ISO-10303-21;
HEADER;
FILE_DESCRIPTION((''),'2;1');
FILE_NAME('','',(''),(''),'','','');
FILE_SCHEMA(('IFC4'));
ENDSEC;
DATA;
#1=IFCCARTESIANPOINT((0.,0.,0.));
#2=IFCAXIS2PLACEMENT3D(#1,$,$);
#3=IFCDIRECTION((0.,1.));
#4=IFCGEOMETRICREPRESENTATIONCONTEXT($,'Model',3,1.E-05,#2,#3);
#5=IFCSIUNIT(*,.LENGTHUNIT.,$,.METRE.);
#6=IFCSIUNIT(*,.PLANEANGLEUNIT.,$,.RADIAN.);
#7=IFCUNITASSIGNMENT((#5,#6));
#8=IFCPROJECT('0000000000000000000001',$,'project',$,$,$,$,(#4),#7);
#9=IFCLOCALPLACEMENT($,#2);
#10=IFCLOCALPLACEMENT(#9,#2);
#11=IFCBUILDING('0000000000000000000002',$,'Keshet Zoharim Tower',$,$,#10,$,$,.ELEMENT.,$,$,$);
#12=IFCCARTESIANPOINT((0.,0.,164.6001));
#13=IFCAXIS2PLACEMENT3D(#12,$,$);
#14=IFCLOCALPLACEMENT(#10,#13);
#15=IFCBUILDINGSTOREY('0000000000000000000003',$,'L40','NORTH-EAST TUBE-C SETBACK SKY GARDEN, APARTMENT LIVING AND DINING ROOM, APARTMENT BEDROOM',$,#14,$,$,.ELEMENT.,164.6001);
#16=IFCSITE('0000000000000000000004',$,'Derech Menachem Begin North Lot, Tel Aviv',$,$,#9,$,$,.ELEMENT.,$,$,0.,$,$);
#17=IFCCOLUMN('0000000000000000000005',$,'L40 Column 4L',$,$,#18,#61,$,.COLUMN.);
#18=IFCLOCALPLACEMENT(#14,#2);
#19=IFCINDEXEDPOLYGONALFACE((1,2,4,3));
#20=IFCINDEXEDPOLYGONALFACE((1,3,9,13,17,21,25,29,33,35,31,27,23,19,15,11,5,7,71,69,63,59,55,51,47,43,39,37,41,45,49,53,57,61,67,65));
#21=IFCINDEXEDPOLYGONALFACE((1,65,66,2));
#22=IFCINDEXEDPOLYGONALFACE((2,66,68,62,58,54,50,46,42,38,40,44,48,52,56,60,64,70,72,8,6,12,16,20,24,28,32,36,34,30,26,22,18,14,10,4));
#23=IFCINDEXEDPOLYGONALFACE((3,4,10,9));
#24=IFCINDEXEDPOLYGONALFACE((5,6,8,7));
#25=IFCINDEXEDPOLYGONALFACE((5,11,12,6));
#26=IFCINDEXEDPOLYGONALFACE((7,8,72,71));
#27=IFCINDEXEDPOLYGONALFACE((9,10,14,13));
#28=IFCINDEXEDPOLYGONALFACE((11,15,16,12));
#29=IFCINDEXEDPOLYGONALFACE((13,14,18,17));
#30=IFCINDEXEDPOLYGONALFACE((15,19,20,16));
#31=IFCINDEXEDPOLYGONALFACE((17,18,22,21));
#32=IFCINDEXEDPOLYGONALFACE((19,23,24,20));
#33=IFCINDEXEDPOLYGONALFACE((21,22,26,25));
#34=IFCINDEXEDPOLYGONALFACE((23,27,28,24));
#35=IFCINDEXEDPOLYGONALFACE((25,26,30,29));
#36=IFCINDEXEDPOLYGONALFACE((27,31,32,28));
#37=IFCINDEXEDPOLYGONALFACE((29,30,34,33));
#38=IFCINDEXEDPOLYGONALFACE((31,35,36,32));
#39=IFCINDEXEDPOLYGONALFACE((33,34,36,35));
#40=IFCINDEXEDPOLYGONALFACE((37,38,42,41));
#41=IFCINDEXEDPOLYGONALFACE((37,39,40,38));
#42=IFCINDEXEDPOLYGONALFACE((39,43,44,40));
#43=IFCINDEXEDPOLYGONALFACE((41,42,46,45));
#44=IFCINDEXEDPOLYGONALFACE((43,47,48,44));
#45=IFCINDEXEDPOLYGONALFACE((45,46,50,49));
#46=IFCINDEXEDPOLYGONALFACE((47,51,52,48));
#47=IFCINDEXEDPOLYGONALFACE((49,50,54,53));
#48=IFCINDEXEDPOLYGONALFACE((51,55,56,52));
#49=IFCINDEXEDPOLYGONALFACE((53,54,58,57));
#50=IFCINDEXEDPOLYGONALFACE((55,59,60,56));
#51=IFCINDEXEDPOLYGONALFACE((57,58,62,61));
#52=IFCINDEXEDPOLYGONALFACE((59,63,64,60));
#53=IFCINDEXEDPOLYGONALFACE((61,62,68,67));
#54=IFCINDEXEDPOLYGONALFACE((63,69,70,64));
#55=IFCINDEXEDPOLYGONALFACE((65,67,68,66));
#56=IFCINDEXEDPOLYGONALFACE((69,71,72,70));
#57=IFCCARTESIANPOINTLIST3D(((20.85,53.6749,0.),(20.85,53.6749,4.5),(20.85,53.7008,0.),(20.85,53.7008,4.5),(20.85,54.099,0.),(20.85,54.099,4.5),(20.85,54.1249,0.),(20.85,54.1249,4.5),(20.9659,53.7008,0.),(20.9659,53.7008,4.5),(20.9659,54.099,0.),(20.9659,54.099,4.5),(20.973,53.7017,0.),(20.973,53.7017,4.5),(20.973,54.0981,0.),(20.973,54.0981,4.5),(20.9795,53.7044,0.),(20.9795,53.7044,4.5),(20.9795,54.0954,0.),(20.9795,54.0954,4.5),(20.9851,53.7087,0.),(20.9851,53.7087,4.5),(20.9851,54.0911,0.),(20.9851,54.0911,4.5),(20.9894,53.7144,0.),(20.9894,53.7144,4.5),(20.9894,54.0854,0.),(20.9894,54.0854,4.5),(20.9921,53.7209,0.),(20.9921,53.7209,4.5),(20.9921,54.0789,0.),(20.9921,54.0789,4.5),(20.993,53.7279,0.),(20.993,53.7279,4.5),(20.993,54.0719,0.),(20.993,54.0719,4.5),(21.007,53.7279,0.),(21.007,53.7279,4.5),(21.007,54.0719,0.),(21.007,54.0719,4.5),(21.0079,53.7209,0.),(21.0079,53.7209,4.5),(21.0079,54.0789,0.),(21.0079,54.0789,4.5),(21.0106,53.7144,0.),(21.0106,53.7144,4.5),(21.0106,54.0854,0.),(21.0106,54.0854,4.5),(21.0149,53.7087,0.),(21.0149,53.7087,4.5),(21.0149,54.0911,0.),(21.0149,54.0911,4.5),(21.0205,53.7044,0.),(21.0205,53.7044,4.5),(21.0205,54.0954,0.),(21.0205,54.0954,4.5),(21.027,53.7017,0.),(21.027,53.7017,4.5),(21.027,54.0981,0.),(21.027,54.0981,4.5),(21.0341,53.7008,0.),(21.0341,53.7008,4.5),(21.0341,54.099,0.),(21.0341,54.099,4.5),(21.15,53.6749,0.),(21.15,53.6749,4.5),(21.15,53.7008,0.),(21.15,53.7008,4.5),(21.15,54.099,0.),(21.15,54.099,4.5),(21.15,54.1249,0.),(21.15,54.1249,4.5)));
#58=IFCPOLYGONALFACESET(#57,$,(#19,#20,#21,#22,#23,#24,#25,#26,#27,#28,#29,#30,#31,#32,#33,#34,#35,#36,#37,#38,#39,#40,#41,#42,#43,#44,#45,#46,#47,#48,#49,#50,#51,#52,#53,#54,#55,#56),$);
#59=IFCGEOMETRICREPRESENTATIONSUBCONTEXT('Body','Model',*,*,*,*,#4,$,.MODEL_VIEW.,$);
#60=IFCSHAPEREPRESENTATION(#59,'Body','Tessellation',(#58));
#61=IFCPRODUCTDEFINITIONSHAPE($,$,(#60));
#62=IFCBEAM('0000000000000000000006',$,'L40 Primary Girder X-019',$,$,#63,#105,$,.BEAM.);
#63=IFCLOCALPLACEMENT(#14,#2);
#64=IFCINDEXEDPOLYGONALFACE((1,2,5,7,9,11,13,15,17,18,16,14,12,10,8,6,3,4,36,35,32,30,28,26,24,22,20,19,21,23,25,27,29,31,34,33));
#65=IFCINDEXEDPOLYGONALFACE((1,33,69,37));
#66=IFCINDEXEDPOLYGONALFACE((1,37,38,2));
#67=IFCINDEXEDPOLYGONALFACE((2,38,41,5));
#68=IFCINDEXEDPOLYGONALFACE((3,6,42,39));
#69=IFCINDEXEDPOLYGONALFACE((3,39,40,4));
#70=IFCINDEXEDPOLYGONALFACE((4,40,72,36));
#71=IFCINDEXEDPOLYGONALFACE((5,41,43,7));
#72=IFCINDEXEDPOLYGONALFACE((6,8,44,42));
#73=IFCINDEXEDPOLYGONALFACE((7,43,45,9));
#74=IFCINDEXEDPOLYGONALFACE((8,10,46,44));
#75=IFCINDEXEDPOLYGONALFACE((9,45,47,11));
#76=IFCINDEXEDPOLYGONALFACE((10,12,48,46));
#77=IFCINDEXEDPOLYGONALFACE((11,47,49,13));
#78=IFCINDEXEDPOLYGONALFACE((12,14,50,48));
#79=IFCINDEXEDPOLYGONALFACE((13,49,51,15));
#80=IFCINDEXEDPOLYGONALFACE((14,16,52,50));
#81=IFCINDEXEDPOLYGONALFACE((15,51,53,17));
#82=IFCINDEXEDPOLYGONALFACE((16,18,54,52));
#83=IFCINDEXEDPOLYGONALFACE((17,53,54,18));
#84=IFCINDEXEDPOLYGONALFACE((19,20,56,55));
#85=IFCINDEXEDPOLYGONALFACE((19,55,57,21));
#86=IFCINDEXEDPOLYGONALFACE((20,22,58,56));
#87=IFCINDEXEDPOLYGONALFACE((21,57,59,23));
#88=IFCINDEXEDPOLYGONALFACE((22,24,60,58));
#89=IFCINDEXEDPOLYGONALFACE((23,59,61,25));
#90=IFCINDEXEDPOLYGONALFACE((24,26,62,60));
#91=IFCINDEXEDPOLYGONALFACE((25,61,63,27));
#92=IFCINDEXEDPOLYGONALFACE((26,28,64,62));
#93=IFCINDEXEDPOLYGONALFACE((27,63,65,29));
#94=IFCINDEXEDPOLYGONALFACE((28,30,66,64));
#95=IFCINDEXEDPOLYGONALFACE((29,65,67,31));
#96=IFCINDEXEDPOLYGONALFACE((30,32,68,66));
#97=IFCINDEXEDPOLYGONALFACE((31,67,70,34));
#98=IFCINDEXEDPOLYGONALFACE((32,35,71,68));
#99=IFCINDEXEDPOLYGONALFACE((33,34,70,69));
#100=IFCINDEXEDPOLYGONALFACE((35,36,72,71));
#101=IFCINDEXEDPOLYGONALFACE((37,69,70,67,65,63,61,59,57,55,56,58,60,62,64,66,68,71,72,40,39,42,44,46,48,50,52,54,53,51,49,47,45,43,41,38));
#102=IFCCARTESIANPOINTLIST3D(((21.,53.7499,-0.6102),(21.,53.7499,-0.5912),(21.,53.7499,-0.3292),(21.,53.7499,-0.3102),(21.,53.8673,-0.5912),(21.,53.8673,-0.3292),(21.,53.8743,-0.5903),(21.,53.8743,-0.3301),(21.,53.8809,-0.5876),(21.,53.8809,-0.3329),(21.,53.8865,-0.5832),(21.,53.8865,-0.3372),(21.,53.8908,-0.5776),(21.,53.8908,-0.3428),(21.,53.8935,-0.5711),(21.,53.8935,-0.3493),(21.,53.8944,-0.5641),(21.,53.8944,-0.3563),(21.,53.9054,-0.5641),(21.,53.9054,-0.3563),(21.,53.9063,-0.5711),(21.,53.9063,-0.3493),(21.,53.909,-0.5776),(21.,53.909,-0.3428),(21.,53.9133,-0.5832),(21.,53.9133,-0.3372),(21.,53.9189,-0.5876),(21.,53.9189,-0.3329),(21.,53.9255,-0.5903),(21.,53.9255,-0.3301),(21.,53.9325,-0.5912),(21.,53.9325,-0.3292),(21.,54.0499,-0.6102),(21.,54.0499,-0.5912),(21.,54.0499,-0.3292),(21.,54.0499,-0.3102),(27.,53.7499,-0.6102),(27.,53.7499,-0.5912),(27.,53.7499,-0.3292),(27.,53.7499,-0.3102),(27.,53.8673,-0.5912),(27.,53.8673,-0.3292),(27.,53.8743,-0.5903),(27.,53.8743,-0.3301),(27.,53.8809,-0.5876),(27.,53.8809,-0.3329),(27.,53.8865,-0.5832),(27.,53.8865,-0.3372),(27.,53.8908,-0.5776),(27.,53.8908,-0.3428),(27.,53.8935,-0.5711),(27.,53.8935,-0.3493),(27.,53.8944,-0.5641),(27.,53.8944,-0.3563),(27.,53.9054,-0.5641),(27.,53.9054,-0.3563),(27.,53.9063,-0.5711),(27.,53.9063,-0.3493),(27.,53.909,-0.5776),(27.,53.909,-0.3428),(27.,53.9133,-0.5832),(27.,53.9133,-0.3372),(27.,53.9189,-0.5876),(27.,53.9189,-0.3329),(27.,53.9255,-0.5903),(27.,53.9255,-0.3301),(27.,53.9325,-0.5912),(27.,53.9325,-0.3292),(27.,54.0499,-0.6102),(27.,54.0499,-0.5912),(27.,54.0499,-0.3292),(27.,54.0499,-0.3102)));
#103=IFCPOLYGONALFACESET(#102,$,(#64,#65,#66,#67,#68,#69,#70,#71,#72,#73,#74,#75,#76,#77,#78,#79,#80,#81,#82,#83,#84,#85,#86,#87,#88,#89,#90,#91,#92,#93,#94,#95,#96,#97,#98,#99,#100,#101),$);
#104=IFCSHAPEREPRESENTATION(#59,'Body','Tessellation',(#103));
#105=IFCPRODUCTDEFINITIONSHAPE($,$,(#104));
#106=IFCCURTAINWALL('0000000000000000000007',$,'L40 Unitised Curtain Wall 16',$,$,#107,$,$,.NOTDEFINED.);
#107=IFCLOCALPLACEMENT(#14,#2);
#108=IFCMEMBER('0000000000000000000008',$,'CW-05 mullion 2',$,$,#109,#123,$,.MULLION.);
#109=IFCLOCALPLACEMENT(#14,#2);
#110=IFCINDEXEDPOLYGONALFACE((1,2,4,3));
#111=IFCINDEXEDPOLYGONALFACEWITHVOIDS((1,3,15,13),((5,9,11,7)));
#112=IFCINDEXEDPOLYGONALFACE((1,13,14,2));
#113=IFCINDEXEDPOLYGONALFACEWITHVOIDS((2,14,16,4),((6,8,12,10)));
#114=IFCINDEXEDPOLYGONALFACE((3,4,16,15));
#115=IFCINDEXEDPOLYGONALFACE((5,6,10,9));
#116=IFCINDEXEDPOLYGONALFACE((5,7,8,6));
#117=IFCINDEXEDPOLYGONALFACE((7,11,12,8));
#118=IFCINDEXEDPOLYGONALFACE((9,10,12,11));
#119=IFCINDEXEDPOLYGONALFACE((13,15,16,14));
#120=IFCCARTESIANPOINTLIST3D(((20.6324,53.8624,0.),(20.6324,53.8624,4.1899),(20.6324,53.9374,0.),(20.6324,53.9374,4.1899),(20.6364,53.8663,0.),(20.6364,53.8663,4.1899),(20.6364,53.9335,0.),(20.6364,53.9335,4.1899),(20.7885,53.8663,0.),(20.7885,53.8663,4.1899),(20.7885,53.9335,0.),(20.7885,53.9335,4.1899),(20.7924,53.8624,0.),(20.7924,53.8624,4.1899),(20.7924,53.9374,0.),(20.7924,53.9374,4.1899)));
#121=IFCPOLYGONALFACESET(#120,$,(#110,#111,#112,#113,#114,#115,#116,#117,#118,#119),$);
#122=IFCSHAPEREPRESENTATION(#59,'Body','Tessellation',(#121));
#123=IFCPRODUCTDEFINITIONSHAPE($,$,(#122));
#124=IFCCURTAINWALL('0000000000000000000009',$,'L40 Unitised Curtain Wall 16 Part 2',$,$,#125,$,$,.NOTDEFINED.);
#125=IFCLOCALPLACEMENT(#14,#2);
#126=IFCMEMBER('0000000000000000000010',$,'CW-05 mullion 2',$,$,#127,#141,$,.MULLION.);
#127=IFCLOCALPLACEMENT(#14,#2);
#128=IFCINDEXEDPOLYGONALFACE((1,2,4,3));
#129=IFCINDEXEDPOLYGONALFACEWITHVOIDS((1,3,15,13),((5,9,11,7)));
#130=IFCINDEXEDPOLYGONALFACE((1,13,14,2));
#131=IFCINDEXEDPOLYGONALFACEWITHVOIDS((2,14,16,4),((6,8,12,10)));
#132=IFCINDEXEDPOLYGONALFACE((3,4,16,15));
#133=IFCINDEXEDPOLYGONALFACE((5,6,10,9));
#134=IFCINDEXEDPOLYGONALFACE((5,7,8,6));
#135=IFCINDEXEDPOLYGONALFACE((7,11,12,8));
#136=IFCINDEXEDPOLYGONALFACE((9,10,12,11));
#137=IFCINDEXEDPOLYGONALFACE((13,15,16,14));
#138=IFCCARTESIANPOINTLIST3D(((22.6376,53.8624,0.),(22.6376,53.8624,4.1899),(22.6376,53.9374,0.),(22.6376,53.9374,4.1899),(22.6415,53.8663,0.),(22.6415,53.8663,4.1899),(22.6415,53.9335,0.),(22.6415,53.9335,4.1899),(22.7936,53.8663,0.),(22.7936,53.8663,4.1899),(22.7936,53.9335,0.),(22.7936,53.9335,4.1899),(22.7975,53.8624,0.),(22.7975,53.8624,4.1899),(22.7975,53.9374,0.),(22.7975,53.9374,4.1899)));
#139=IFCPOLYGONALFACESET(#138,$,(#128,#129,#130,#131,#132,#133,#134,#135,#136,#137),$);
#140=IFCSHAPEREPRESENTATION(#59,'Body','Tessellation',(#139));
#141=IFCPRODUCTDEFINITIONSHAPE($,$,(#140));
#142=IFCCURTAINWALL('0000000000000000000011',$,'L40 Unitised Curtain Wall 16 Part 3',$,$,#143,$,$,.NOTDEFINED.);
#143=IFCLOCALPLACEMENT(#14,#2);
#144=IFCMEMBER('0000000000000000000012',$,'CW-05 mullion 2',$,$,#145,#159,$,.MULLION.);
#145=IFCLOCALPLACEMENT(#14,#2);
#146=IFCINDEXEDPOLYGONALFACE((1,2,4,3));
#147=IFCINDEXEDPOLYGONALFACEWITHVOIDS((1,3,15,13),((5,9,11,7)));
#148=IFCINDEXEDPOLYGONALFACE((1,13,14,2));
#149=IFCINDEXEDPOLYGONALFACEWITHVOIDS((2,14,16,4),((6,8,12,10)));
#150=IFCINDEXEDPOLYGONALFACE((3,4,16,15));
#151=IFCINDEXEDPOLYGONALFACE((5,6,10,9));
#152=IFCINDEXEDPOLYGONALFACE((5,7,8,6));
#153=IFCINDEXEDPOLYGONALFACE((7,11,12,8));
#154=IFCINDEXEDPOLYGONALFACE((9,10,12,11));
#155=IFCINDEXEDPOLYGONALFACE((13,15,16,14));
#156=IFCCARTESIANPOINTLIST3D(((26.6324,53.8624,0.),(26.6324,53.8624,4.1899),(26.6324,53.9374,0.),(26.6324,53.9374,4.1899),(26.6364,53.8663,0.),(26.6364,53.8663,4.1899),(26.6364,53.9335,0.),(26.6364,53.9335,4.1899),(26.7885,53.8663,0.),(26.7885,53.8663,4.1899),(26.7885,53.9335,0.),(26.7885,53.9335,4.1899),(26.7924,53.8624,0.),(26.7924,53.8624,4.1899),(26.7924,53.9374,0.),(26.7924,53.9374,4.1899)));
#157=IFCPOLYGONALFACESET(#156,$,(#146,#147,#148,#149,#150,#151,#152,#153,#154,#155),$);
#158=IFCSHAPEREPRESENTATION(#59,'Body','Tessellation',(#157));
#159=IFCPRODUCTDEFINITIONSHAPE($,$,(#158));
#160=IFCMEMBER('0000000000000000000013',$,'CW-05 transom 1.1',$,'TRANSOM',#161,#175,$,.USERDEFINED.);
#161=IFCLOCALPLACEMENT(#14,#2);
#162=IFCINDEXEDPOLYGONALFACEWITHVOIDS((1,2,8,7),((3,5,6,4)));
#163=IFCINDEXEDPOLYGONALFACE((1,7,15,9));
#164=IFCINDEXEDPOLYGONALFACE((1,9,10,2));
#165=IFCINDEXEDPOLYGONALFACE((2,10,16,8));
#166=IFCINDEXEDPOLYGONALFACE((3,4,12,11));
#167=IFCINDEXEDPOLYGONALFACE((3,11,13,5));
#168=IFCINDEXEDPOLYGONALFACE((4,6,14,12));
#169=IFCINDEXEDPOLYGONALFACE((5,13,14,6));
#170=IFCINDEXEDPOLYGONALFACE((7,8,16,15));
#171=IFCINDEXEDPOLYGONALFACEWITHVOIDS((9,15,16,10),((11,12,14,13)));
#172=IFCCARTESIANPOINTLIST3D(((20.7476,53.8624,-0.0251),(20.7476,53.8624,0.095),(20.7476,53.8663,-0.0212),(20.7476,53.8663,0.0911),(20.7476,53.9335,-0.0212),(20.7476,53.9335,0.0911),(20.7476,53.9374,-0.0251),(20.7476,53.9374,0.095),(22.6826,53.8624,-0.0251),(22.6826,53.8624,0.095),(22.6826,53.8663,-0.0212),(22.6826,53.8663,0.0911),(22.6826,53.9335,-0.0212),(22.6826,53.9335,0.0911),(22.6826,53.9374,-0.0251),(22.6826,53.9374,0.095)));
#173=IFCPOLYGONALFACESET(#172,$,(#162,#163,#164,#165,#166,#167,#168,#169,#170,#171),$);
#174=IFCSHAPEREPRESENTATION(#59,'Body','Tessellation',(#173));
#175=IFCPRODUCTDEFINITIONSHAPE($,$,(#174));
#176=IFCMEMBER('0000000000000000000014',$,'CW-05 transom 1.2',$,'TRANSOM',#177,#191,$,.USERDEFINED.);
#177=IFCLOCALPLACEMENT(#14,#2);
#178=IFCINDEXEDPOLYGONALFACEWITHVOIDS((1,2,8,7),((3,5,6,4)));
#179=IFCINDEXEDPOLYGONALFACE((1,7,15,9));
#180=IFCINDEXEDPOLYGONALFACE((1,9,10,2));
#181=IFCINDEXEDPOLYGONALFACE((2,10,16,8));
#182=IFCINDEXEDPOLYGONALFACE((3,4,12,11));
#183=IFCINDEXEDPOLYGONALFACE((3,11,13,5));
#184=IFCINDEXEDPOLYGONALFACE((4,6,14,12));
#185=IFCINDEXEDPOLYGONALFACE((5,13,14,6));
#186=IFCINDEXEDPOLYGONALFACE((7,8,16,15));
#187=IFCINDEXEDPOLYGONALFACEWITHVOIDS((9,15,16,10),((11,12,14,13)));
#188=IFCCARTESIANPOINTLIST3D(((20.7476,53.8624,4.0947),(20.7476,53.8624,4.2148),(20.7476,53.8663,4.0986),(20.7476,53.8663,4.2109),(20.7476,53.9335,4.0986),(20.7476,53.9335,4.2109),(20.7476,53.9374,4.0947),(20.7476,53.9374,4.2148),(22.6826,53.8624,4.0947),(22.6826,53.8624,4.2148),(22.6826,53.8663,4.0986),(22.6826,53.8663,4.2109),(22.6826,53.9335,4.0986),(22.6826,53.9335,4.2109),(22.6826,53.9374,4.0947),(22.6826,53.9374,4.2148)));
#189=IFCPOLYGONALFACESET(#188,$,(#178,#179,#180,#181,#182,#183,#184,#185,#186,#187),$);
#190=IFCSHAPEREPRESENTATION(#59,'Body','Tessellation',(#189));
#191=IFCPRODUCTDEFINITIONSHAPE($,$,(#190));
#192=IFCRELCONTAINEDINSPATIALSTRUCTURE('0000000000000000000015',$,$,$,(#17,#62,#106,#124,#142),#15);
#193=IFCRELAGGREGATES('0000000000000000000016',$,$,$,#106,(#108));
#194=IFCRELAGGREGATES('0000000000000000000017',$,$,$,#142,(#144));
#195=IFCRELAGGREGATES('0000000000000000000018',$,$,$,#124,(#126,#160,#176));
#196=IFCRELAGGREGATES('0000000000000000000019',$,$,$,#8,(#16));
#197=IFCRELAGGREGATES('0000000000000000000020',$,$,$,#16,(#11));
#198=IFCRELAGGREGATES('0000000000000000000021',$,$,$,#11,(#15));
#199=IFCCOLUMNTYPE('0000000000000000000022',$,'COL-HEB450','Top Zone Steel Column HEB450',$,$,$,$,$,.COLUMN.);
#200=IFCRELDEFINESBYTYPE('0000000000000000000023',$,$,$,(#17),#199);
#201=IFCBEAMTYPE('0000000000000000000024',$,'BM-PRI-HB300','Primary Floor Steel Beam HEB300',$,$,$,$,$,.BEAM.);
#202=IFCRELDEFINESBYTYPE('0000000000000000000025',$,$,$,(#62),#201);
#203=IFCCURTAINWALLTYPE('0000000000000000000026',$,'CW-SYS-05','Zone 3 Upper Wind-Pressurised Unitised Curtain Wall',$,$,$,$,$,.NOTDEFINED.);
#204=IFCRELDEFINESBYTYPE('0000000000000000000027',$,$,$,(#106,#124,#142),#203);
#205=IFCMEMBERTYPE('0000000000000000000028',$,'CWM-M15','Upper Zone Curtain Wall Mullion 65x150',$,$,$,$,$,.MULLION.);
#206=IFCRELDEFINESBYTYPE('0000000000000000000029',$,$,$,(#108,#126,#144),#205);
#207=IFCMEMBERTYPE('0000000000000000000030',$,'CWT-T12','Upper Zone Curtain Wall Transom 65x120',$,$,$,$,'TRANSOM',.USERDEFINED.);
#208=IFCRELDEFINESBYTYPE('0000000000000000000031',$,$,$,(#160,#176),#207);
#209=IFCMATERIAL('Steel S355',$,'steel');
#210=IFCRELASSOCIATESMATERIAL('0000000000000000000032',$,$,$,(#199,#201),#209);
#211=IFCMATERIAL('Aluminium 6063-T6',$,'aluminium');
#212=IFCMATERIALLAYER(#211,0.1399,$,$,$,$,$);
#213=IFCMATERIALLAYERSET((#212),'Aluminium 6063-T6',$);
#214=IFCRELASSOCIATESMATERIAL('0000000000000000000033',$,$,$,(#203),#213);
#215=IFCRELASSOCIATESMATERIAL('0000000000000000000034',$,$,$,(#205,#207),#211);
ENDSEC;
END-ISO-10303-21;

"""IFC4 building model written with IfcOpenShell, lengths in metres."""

from ifc_helpers import new_model, si_unit, direction, frame, origin, origin_2d, place, context, subcontext, project, spatial, hollow_rectangle, i_section, extrude, material, layer, layer_set, material_profile, profile_set, type_object, element, aggregate, save


model = new_model("IFC4")

# Units and contexts
model_context = context("Model", 3, precision=1e-05, world=origin(), true_north=direction((0.0, 1.0)))
body_context = subcontext(model_context, "Body", "Model", "MODEL_VIEW")
ifc_project = project(units=[si_unit("LENGTHUNIT", "METRE"), si_unit("PLANEANGLEUNIT", "RADIAN")], contexts=[model_context])

# Site, building, storey
site_placement = place(None, origin())
site = spatial("IfcSite", under=ifc_project, at=site_placement, Name="Derech Menachem Begin North Lot, Tel Aviv", CompositionType="ELEMENT", RefElevation=0.0)
building_placement = place(site_placement, origin())
building = spatial("IfcBuilding", under=site, at=building_placement, Name="Keshet Zoharim Tower", CompositionType="ELEMENT")
storey_placement = place(building_placement, frame((0.0, 0.0, 164.6001)))
storey = spatial("IfcBuildingStorey", under=building, at=storey_placement, Name="L40", Description="NORTH-EAST TUBE-C SETBACK SKY GARDEN, APARTMENT LIVING AND DINING ROOM, APARTMENT BEDROOM", CompositionType="ELEMENT", Elevation=164.6001)

# Column
ifc_material_1 = material(Name="Steel S355", Category="steel")
ifc_material_profile_1 = material_profile(ifc_material_1, i_section(OverallWidth=0.3, OverallDepth=0.45, WebThickness=0.0139, FlangeThickness=0.0259, FilletRadius=0.0271, at=origin_2d()), Name="HEB450")
ifc_profile_set_1 = profile_set([ifc_material_profile_1], Name="Steel S355")
column_type = type_object("IfcColumnType", Name="COL-HEB450", Description="Top Zone Steel Column HEB450", PredefinedType="COLUMN", material=ifc_profile_set_1)
column_placement = place(storey_placement, frame((21.0, 53.8999, 0.0), z_axis=(0.0, 0.0, 1.0), x_axis=(1.0, 0.0, 0.0)))
element("IfcColumn", 1, at=column_placement, inside=storey, type_object=column_type, Name="L40 Column 4L", PredefinedType="COLUMN", context=body_context, shape_type="SweptSolid", body=[
    extrude(i_section(OverallWidth=0.3, OverallDepth=0.45, WebThickness=0.0139, FlangeThickness=0.0259, FilletRadius=0.0271, at=origin_2d()), origin(), (0.0, 0.0, 1.0), 4.5),
])

# Beam
ifc_material_profile_2 = material_profile(ifc_material_1, i_section(OverallWidth=0.3, OverallDepth=0.3, WebThickness=0.011, FlangeThickness=0.019, FilletRadius=0.0271, at=origin_2d()), Name="HEB300")
ifc_profile_set_2 = profile_set([ifc_material_profile_2], Name="Steel S355")
beam_type = type_object("IfcBeamType", Name="BM-PRI-HB300", Description="Primary Floor Steel Beam HEB300", PredefinedType="BEAM", material=ifc_profile_set_2)
beam_placement = place(storey_placement, frame((21.0, 53.8999, -0.4602), z_axis=(1.0, 0.0, 0.0), x_axis=(0.0, 1.0, 0.0)))
element("IfcBeam", 2, at=beam_placement, inside=storey, type_object=beam_type, Name="L40 Primary Girder X-019", PredefinedType="BEAM", context=body_context, shape_type="SweptSolid", body=[
    extrude(i_section(OverallWidth=0.3, OverallDepth=0.3, WebThickness=0.011, FlangeThickness=0.019, FilletRadius=0.0271, at=origin_2d()), origin(), (0.0, 0.0, 1.0), 6.0),
])

# Curtain walls, members
ifc_material_2 = material(Name="Aluminium 6063-T6", Category="aluminium")
ifc_layer_1 = layer(ifc_material_2, 0.1399)
ifc_layer_set_1 = layer_set([ifc_layer_1], Name="Aluminium 6063-T6")
curtain_wall_type = type_object("IfcCurtainWallType", Name="CW-SYS-05", Description="Zone 3 Upper Wind-Pressurised Unitised Curtain Wall", PredefinedType="NOTDEFINED", material=ifc_layer_set_1)
curtain_wall_1_placement = place(storey_placement, origin())
curtain_wall_1 = element("IfcCurtainWall", 3, at=curtain_wall_1_placement, inside=storey, type_object=curtain_wall_type, Name="L40 Unitised Curtain Wall 16", PredefinedType="NOTDEFINED")
ifc_material_profile_3 = material_profile(ifc_material_2, hollow_rectangle(XDim=0.075, YDim=0.1599, WallThickness=0.0039, at=origin_2d()), Name="MUL-75x160")
ifc_profile_set_3 = profile_set([ifc_material_profile_3], Name="Aluminium 6063-T6")
member_type_1 = type_object("IfcMemberType", Name="CWM-M15", Description="Upper Zone Curtain Wall Mullion 65x150", PredefinedType="MULLION", material=ifc_profile_set_3)
member_1_placement = place(storey_placement, frame((20.7124, 53.8999, 0.0), z_axis=(0.0, 0.0, 1.0), x_axis=(0.0, 1.0, 0.0)))
member_1 = element("IfcMember", 4, at=member_1_placement, type_object=member_type_1, Name="CW-05 mullion 2", PredefinedType="MULLION", context=body_context, shape_type="SweptSolid", body=[
    extrude(hollow_rectangle(XDim=0.075, YDim=0.1599, WallThickness=0.0039, at=origin_2d()), origin(), (0.0, 0.0, 1.0), 4.1899),
])
curtain_wall_2_placement = place(storey_placement, origin())
curtain_wall_2 = element("IfcCurtainWall", 5, at=curtain_wall_2_placement, inside=storey, type_object=curtain_wall_type, Name="L40 Unitised Curtain Wall 16 Part 2", PredefinedType="NOTDEFINED")
member_2_placement = place(storey_placement, frame((22.7175, 53.8999, 0.0), z_axis=(0.0, 0.0, 1.0), x_axis=(0.0, 1.0, 0.0)))
member_2 = element("IfcMember", 6, at=member_2_placement, type_object=member_type_1, Name="CW-05 mullion 2", PredefinedType="MULLION", context=body_context, shape_type="SweptSolid", body=[
    extrude(hollow_rectangle(XDim=0.075, YDim=0.1599, WallThickness=0.0039, at=origin_2d()), origin(), (0.0, 0.0, 1.0), 4.1899),
])
curtain_wall_3_placement = place(storey_placement, origin())
curtain_wall_3 = element("IfcCurtainWall", 7, at=curtain_wall_3_placement, inside=storey, type_object=curtain_wall_type, Name="L40 Unitised Curtain Wall 16 Part 3", PredefinedType="NOTDEFINED")
member_3_placement = place(storey_placement, frame((26.7124, 53.8999, 0.0), z_axis=(0.0, 0.0, 1.0), x_axis=(0.0, 1.0, 0.0)))
member_3 = element("IfcMember", 8, at=member_3_placement, type_object=member_type_1, Name="CW-05 mullion 2", PredefinedType="MULLION", context=body_context, shape_type="SweptSolid", body=[
    extrude(hollow_rectangle(XDim=0.075, YDim=0.1599, WallThickness=0.0039, at=origin_2d()), origin(), (0.0, 0.0, 1.0), 4.1899),
])

# Members
ifc_material_profile_4 = material_profile(ifc_material_2, hollow_rectangle(XDim=0.075, YDim=0.1201, WallThickness=0.0039, at=origin_2d()), Name="TRN-75x120")
ifc_profile_set_4 = profile_set([ifc_material_profile_4], Name="Aluminium 6063-T6")
member_type_2 = type_object("IfcMemberType", Name="CWT-T12", Description="Upper Zone Curtain Wall Transom 65x120", ElementType="TRANSOM", PredefinedType="USERDEFINED", material=ifc_profile_set_4)
member_4_placement = place(storey_placement, frame((20.7476, 53.8999, 0.0349), z_axis=(1.0, 0.0, 0.0), x_axis=(0.0, 1.0, 0.0)))
member_4 = element("IfcMember", 9, at=member_4_placement, type_object=member_type_2, Name="CW-05 transom 1.1", ObjectType="TRANSOM", PredefinedType="USERDEFINED", context=body_context, shape_type="SweptSolid", body=[
    extrude(hollow_rectangle(XDim=0.075, YDim=0.1201, WallThickness=0.0039, at=origin_2d()), origin(), (0.0, 0.0, 1.0), 1.9351),
])
member_5_placement = place(storey_placement, frame((20.7476, 53.8999, 4.1548), z_axis=(1.0, 0.0, 0.0), x_axis=(0.0, 1.0, 0.0)))
member_5 = element("IfcMember", 10, at=member_5_placement, type_object=member_type_2, Name="CW-05 transom 1.2", ObjectType="TRANSOM", PredefinedType="USERDEFINED", context=body_context, shape_type="SweptSolid", body=[
    extrude(hollow_rectangle(XDim=0.075, YDim=0.1201, WallThickness=0.0039, at=origin_2d()), origin(), (0.0, 0.0, 1.0), 1.9351),
])

aggregate(curtain_wall_1, [member_1])
aggregate(curtain_wall_3, [member_3])
aggregate(curtain_wall_2, [member_2, member_4, member_5])

save(model, "model.ifc")
